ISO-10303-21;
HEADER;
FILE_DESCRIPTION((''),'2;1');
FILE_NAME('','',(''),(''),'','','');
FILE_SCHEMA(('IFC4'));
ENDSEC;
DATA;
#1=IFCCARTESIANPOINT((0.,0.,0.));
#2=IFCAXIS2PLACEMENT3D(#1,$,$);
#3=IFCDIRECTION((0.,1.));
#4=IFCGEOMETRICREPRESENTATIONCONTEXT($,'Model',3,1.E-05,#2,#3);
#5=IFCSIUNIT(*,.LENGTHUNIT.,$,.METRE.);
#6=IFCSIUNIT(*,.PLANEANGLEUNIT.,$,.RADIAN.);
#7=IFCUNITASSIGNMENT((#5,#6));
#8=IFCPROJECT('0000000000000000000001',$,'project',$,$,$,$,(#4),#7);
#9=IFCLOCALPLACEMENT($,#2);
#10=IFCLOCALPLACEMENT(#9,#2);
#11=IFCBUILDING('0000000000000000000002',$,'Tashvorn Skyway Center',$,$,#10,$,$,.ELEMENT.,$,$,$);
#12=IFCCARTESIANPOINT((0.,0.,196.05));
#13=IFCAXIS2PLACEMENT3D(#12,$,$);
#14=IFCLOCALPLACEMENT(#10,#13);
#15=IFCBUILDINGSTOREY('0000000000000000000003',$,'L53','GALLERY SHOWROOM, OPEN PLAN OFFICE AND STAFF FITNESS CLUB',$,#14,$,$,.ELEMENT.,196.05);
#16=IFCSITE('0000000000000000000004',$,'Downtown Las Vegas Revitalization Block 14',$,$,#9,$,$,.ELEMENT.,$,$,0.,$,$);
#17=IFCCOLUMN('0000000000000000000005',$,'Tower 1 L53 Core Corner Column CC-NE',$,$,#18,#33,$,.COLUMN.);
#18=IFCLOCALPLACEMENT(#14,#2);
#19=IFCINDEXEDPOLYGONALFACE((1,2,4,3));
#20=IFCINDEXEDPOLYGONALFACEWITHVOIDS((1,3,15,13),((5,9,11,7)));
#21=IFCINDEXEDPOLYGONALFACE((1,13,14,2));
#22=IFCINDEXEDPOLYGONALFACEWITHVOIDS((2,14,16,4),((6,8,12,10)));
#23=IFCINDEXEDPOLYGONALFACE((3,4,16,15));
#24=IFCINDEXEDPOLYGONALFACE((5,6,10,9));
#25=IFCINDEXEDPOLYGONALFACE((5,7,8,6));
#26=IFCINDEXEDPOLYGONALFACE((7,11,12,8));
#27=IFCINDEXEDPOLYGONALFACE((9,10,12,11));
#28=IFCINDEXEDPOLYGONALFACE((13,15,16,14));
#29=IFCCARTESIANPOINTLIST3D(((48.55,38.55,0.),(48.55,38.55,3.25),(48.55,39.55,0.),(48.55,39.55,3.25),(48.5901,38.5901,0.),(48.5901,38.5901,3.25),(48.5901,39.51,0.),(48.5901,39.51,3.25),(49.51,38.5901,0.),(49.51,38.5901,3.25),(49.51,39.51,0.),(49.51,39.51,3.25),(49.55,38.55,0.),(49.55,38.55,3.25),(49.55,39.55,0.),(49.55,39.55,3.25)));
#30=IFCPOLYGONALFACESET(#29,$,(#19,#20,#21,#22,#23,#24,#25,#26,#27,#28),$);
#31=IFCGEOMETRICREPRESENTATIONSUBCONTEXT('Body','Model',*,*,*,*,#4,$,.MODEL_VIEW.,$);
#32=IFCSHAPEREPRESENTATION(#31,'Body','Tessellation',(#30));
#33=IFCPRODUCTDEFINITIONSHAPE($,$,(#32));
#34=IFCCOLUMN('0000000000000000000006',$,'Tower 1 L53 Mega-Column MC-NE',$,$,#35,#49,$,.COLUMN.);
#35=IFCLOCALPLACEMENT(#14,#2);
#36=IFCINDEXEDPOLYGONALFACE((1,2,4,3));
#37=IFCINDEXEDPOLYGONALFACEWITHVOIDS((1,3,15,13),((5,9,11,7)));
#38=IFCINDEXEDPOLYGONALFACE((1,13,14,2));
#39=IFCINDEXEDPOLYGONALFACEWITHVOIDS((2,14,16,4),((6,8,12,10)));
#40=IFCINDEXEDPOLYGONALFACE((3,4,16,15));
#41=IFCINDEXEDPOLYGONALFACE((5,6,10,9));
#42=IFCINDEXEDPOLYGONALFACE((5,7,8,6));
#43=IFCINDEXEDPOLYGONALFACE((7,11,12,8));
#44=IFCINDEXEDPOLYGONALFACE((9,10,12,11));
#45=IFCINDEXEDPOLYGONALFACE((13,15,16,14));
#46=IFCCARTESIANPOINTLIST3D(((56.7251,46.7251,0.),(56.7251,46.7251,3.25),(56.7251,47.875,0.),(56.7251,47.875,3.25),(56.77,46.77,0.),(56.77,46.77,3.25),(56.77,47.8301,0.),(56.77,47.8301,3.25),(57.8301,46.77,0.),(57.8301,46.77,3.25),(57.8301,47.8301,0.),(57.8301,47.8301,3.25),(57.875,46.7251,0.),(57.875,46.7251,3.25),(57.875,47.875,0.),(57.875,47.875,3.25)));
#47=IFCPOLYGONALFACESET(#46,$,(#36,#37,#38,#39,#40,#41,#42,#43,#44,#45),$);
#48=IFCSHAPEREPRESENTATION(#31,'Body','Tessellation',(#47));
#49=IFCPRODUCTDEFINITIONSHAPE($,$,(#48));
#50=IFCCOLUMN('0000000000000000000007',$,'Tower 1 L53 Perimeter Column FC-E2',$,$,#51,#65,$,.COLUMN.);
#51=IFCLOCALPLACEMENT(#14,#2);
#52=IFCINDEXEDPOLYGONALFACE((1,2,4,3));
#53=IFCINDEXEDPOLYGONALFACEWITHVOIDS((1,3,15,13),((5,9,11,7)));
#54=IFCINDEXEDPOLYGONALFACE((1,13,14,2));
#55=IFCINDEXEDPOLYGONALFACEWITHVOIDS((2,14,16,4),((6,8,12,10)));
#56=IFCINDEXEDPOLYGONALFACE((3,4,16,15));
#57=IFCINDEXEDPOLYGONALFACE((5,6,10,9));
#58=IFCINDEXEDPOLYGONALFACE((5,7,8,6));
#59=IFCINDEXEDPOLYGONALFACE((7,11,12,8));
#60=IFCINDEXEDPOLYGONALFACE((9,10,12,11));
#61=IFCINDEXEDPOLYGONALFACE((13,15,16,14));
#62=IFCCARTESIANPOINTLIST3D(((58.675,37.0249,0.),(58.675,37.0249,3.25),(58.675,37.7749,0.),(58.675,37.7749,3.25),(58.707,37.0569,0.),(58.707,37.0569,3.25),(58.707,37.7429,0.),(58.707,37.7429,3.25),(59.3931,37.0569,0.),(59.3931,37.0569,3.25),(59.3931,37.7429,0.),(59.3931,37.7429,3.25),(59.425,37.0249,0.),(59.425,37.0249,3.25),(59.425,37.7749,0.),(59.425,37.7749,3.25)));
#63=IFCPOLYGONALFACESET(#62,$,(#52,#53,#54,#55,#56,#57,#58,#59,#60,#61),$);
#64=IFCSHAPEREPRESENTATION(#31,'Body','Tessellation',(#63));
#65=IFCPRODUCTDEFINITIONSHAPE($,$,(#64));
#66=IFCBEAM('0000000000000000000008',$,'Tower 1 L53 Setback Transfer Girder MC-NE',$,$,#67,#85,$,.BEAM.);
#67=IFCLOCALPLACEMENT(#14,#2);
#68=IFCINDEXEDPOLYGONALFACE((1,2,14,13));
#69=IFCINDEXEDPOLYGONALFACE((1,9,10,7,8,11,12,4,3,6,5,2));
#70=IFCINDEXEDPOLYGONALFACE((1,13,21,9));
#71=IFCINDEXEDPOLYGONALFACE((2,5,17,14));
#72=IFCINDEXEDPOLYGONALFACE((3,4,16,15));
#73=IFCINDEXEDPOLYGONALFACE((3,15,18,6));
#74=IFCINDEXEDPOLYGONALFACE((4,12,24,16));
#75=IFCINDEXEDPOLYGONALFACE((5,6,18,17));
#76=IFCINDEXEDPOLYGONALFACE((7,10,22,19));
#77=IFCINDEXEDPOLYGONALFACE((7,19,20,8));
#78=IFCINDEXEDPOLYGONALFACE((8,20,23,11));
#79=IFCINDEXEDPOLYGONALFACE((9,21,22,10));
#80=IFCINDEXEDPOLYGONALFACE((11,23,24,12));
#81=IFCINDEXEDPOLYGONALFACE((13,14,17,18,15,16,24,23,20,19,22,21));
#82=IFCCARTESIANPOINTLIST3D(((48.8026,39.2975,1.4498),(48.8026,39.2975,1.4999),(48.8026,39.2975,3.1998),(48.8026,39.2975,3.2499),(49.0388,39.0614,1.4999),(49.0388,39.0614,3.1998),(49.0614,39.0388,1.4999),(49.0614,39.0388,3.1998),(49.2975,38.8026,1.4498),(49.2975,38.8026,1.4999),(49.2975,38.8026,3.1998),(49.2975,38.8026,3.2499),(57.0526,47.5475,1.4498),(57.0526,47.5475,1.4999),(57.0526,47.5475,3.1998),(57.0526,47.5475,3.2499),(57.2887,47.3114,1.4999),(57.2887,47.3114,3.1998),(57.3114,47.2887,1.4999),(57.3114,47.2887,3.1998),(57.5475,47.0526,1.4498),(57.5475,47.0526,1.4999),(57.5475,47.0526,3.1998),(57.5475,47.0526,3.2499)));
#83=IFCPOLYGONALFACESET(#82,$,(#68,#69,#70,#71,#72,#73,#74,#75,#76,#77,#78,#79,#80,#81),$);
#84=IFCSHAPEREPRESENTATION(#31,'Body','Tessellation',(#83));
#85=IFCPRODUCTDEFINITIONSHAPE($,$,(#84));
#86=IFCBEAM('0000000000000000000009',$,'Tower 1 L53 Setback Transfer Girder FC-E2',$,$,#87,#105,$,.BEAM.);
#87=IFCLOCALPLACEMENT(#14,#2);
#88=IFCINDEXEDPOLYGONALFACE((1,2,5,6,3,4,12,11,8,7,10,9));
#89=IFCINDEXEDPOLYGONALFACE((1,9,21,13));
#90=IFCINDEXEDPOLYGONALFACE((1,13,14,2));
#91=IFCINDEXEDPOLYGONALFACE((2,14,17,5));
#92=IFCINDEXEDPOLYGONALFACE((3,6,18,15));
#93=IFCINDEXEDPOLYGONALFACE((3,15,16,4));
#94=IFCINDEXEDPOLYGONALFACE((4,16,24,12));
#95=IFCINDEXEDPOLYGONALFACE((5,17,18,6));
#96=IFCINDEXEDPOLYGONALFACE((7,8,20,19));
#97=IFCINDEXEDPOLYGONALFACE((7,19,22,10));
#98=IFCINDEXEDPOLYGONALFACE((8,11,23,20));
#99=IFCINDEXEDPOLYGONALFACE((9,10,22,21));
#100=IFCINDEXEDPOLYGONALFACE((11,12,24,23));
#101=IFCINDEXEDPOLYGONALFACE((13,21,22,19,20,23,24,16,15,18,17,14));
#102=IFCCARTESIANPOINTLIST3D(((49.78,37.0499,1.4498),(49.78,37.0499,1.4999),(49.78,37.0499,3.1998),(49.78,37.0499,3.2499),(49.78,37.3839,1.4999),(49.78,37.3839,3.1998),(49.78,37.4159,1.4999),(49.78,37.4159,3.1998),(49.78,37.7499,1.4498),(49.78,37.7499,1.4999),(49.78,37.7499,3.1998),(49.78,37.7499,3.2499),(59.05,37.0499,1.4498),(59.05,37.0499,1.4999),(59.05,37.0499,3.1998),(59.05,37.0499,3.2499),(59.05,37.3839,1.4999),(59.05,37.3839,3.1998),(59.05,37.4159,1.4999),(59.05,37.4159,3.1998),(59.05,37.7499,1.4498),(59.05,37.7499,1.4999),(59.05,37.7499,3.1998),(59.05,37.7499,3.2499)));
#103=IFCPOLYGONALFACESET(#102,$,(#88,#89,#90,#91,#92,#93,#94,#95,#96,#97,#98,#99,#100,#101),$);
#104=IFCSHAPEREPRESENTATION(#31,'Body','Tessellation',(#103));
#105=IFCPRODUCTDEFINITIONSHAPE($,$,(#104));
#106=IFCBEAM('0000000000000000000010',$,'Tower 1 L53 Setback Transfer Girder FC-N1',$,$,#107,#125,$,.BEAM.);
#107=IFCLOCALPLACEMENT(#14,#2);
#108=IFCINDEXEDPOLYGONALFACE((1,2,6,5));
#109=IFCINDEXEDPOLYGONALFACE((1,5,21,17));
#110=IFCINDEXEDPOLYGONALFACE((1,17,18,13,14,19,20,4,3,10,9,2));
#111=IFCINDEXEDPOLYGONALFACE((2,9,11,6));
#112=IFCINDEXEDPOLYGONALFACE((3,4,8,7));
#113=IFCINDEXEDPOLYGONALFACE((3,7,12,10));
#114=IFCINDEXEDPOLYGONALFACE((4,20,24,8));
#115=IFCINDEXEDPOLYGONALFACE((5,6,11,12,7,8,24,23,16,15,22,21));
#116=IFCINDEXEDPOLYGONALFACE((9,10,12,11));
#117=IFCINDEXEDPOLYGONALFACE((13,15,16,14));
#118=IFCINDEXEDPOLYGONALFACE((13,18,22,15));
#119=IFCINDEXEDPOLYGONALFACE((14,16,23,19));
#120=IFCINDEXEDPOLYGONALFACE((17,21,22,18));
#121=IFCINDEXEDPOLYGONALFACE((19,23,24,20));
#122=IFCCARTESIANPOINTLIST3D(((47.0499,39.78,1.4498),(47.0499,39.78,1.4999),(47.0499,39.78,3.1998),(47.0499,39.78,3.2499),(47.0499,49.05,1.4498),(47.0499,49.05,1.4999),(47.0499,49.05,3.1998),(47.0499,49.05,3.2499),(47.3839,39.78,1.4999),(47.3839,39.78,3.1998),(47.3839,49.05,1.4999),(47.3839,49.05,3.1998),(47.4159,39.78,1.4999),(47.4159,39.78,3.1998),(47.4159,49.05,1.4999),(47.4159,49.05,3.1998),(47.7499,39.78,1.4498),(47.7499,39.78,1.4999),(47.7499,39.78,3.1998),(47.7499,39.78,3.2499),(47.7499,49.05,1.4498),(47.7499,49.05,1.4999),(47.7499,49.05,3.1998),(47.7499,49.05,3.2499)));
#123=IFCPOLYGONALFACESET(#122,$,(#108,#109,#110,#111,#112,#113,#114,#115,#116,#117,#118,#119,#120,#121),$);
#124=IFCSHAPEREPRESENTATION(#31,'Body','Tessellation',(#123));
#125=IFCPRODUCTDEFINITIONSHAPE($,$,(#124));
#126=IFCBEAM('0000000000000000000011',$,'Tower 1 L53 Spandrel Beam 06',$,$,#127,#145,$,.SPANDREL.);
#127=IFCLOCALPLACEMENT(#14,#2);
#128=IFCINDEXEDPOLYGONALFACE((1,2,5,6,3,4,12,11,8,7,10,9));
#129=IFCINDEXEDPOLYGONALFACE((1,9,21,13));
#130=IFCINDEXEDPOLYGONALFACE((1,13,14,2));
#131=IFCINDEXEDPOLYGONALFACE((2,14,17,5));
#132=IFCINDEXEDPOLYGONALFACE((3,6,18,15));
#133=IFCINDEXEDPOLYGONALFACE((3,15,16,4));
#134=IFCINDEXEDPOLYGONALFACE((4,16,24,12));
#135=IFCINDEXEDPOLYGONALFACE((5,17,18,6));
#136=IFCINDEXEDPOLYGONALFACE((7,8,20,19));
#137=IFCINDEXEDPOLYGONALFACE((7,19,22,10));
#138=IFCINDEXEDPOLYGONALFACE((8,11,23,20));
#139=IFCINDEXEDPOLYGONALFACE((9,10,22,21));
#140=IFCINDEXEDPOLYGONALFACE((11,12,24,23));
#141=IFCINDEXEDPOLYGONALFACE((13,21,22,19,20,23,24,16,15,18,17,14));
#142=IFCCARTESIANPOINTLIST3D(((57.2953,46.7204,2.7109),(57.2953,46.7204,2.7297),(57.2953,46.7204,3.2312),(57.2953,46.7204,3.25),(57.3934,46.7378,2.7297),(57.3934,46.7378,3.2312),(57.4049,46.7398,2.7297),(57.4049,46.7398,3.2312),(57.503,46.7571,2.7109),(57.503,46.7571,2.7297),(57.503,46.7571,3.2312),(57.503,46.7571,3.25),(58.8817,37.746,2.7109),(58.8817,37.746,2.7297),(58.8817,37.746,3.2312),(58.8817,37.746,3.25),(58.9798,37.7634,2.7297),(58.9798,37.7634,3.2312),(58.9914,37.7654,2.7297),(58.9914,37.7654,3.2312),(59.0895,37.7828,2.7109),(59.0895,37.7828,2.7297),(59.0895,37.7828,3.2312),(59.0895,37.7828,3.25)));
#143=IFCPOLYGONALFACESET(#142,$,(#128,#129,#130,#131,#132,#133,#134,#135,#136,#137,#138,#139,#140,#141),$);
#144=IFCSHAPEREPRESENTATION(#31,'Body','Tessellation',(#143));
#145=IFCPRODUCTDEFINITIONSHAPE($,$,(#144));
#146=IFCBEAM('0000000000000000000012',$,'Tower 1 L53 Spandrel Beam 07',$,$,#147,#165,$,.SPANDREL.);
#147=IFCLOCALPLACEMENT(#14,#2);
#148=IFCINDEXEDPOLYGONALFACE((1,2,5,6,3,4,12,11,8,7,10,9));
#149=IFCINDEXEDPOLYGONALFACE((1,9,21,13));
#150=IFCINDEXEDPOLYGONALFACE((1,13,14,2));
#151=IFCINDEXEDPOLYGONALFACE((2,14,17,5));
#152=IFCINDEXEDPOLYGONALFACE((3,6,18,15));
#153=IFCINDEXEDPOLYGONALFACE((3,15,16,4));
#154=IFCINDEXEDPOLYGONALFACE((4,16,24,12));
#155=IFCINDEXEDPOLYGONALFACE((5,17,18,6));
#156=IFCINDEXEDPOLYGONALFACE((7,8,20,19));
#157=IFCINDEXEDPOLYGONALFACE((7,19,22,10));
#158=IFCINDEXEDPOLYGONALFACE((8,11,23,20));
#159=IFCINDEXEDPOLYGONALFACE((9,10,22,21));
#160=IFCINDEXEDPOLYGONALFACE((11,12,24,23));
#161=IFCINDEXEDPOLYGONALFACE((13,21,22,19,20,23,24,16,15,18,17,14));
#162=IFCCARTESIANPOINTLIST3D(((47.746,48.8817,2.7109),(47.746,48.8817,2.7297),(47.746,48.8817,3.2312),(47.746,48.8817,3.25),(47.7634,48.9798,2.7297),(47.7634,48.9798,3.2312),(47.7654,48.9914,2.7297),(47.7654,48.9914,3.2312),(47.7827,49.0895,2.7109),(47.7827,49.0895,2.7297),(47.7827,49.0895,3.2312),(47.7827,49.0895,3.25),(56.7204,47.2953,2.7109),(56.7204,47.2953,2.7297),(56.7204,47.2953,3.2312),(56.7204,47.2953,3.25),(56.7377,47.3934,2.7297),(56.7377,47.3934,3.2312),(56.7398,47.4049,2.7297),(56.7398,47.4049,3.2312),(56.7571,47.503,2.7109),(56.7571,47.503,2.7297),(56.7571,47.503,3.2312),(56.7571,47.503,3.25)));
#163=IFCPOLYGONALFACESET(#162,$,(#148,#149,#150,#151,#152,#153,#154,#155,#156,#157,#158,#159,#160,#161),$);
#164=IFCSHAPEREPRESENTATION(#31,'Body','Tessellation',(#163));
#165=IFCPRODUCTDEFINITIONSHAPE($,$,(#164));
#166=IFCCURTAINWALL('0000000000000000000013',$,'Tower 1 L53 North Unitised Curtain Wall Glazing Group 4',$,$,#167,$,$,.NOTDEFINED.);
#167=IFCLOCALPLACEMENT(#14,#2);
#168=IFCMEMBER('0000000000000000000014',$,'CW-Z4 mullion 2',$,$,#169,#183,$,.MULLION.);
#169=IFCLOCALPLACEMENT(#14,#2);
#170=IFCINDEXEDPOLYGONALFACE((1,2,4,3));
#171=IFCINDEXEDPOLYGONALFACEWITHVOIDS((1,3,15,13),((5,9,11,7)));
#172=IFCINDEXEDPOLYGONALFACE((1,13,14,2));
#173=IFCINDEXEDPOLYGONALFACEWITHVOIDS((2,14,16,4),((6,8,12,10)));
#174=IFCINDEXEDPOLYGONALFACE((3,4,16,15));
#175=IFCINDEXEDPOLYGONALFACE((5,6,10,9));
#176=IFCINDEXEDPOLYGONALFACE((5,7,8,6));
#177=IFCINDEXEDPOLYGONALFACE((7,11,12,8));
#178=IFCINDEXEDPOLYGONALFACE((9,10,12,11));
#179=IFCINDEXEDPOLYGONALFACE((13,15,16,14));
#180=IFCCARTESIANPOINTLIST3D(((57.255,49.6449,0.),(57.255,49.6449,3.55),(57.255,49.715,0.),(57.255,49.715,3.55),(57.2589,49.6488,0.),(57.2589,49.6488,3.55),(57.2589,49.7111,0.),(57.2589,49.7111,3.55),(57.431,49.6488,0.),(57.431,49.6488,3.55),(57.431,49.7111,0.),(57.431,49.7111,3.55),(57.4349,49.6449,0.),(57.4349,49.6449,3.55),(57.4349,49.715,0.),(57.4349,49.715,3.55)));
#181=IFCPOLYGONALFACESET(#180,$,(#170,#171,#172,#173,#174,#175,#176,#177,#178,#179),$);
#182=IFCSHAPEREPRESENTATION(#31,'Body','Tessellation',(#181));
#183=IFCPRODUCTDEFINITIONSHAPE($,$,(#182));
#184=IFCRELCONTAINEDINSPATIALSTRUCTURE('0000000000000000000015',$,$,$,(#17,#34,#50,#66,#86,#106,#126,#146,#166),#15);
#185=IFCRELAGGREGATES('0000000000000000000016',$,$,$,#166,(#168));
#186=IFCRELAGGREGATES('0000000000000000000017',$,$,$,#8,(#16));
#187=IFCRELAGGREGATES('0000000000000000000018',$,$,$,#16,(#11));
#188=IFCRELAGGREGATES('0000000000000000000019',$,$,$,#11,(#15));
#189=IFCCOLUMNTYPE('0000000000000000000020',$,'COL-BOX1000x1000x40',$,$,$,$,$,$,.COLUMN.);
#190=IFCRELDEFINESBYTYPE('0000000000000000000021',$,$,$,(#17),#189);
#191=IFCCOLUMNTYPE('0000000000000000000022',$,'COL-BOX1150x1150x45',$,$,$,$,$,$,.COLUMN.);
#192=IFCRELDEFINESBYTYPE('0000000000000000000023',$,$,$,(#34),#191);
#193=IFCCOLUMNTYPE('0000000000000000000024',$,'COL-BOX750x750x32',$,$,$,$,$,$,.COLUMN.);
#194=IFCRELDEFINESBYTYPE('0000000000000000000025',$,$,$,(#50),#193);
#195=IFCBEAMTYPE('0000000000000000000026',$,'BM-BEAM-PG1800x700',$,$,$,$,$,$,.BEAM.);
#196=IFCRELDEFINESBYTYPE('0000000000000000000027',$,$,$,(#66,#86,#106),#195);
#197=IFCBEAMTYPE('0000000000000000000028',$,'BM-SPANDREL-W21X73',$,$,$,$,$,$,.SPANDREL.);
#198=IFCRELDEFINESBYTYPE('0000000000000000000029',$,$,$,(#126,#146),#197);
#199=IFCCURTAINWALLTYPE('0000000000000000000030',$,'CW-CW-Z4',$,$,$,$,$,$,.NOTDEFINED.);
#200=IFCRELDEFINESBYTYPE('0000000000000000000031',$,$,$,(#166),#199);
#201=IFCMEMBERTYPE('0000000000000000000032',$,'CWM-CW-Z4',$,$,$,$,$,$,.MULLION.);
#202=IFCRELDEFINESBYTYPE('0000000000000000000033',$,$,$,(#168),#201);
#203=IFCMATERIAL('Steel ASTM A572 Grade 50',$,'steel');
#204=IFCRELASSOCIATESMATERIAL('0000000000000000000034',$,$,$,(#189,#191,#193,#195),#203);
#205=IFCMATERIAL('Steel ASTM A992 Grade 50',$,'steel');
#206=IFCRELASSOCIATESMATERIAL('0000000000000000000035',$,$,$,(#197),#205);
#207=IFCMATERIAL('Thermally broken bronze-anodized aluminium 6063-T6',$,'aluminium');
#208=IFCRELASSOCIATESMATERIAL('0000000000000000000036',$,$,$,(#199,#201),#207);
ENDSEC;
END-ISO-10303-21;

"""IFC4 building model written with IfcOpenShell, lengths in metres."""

from ifc_helpers import new_model, si_unit, direction, frame, origin, origin_2d, place, context, subcontext, project, spatial, hollow_rectangle, i_section, extrude, material, material_profile, profile_set, type_object, element, aggregate, save


model = new_model("IFC4")

# Units and contexts
model_context = context("Model", 3, precision=1e-05, world=origin(), true_north=direction((0.0, 1.0)))
body_context = subcontext(model_context, "Body", "Model", "MODEL_VIEW")
ifc_project = project(units=[si_unit("LENGTHUNIT", "METRE"), si_unit("PLANEANGLEUNIT", "RADIAN")], contexts=[model_context])

# Site, building, storey
site_placement = place(None, origin())
site = spatial("IfcSite", under=ifc_project, at=site_placement, Name="Downtown Las Vegas Revitalization Block 14", CompositionType="ELEMENT", RefElevation=0.0)
building_placement = place(site_placement, origin())
building = spatial("IfcBuilding", under=site, at=building_placement, Name="Tashvorn Skyway Center", CompositionType="ELEMENT")
storey_placement = place(building_placement, frame((0.0, 0.0, 196.05)))
storey = spatial("IfcBuildingStorey", under=building, at=storey_placement, Name="L53", Description="GALLERY SHOWROOM, OPEN PLAN OFFICE AND STAFF FITNESS CLUB", CompositionType="ELEMENT", Elevation=196.05)

# Columns
ifc_material_1 = material(Name="Steel ASTM A572 Grade 50", Category="steel")
ifc_material_profile_1 = material_profile(ifc_material_1, hollow_rectangle(XDim=1.0, YDim=1.0, WallThickness=0.04, at=origin_2d()), Name="BOX1000x1000x40")
ifc_profile_set_1 = profile_set([ifc_material_profile_1], Name="Steel ASTM A572 Grade 50")
column_type_1 = type_object("IfcColumnType", Name="COL-BOX1000x1000x40", PredefinedType="COLUMN", material=ifc_profile_set_1)
column_1_placement = place(storey_placement, frame((49.05, 39.05, 0.0), z_axis=(0.0, 0.0, 1.0), x_axis=(1.0, 0.0, 0.0)))
element("IfcColumn", 1, at=column_1_placement, inside=storey, type_object=column_type_1, Name="Tower 1 L53 Core Corner Column CC-NE", PredefinedType="COLUMN", context=body_context, shape_type="SweptSolid", body=[
    extrude(hollow_rectangle(XDim=1.0, YDim=1.0, WallThickness=0.04, at=origin_2d()), origin(), (0.0, 0.0, 1.0), 3.25),
])
ifc_material_profile_2 = material_profile(ifc_material_1, hollow_rectangle(XDim=1.1499, YDim=1.1499, WallThickness=0.0449, at=origin_2d()), Name="BOX1150x1150x45")
ifc_profile_set_2 = profile_set([ifc_material_profile_2], Name="Steel ASTM A572 Grade 50")
column_type_2 = type_object("IfcColumnType", Name="COL-BOX1150x1150x45", PredefinedType="COLUMN", material=ifc_profile_set_2)
column_2_placement = place(storey_placement, frame((57.3, 47.3, 0.0), z_axis=(0.0, 0.0, 1.0), x_axis=(1.0, 0.0, 0.0)))
element("IfcColumn", 2, at=column_2_placement, inside=storey, type_object=column_type_2, Name="Tower 1 L53 Mega-Column MC-NE", PredefinedType="COLUMN", context=body_context, shape_type="SweptSolid", body=[
    extrude(hollow_rectangle(XDim=1.1499, YDim=1.1499, WallThickness=0.0449, at=origin_2d()), origin(), (0.0, 0.0, 1.0), 3.25),
])
ifc_material_profile_3 = material_profile(ifc_material_1, hollow_rectangle(XDim=0.75, YDim=0.75, WallThickness=0.032, at=origin_2d()), Name="BOX750x750x32")
ifc_profile_set_3 = profile_set([ifc_material_profile_3], Name="Steel ASTM A572 Grade 50")
column_type_3 = type_object("IfcColumnType", Name="COL-BOX750x750x32", PredefinedType="COLUMN", material=ifc_profile_set_3)
column_3_placement = place(storey_placement, frame((59.05, 37.3999, 0.0), z_axis=(0.0, 0.0, 1.0), x_axis=(1.0, 0.0, 0.0)))
element("IfcColumn", 3, at=column_3_placement, inside=storey, type_object=column_type_3, Name="Tower 1 L53 Perimeter Column FC-E2", PredefinedType="COLUMN", context=body_context, shape_type="SweptSolid", body=[
    extrude(hollow_rectangle(XDim=0.75, YDim=0.75, WallThickness=0.032, at=origin_2d()), origin(), (0.0, 0.0, 1.0), 3.25),
])

# Beams
ifc_material_profile_4 = material_profile(ifc_material_1, i_section(OverallWidth=0.7, OverallDepth=1.8, WebThickness=0.032, FlangeThickness=0.05, at=origin_2d()), Name="PG1800x700")
ifc_profile_set_4 = profile_set([ifc_material_profile_4], Name="Steel ASTM A572 Grade 50")
beam_type_1 = type_object("IfcBeamType", Name="BM-BEAM-PG1800x700", PredefinedType="BEAM", material=ifc_profile_set_4)
beam_placement = place(storey_placement, frame((57.3, 47.3, 2.3499), z_axis=(-0.707107, -0.707107, 0.0), x_axis=(0.707107, -0.707107, 0.0)))
element("IfcBeam", 4, at=beam_placement, inside=storey, type_object=beam_type_1, Name="Tower 1 L53 Setback Transfer Girder MC-NE", PredefinedType="BEAM", context=body_context, shape_type="SweptSolid", body=[
    extrude(i_section(OverallWidth=0.7, OverallDepth=1.8, WebThickness=0.032, FlangeThickness=0.05, at=origin_2d()), origin(), (0.0, 0.0, 1.0), 11.6672),
])
for number, where, z_axis, x_axis, name in (
    (5, (59.05, 37.3999, 2.3499), (-1.0, 0.0, 0.0), (0.0, -1.0, 0.0), "Tower 1 L53 Setback Transfer Girder FC-E2"),
    (6, (47.3999, 49.05, 2.3499), (0.0, -1.0, 0.0), (1.0, 0.0, 0.0), "Tower 1 L53 Setback Transfer Girder FC-N1"),
):
    element("IfcBeam", number, at=place(storey_placement, frame(where, z_axis=z_axis, x_axis=x_axis)), inside=storey, type_object=beam_type_1, Name=name, PredefinedType="BEAM", context=body_context, shape_type="SweptSolid", body=[
        extrude(i_section(OverallWidth=0.7, OverallDepth=1.8, WebThickness=0.032, FlangeThickness=0.05, at=origin_2d()), origin(), (0.0, 0.0, 1.0), 9.27),
    ])
ifc_material_2 = material(Name="Steel ASTM A992 Grade 50", Category="steel")
ifc_material_profile_5 = material_profile(ifc_material_2, i_section(OverallWidth=0.2109, OverallDepth=0.5391, WebThickness=0.0117, FlangeThickness=0.0188, at=origin_2d()), Name="W21X73")
ifc_profile_set_5 = profile_set([ifc_material_profile_5], Name="Steel ASTM A992 Grade 50")
beam_type_2 = type_object("IfcBeamType", Name="BM-SPANDREL-W21X73", PredefinedType="SPANDREL", material=ifc_profile_set_5)
for number, where, z_axis, x_axis, name in (
    (7, (58.9856, 37.7644, 2.9805), (-0.174074, 0.984733, 0.0), (-0.984733, -0.174074, 0.0), "Tower 1 L53 Spandrel Beam 06"),
    (8, (56.7388, 47.3992, 2.9805), (-0.984733, 0.174074, 0.0), (-0.174074, -0.984733, 0.0), "Tower 1 L53 Spandrel Beam 07"),
):
    element("IfcBeam", number, at=place(storey_placement, frame(where, z_axis=z_axis, x_axis=x_axis)), inside=storey, type_object=beam_type_2, Name=name, PredefinedType="SPANDREL", context=body_context, shape_type="SweptSolid", body=[
        extrude(i_section(OverallWidth=0.2109, OverallDepth=0.5391, WebThickness=0.0117, FlangeThickness=0.0188, at=origin_2d()), origin(), (0.0, 0.0, 1.0), 9.1135),
    ])

# Curtain wall, member
ifc_material_3 = material(Name="Thermally broken bronze-anodized aluminium 6063-T6", Category="aluminium")
curtain_wall_type = type_object("IfcCurtainWallType", Name="CW-CW-Z4", PredefinedType="NOTDEFINED", material=ifc_material_3)
curtain_wall_1_placement = place(storey_placement, origin())
curtain_wall_1 = element("IfcCurtainWall", 9, at=curtain_wall_1_placement, inside=storey, type_object=curtain_wall_type, Name="Tower 1 L53 North Unitised Curtain Wall Glazing Group 4", PredefinedType="NOTDEFINED")
ifc_material_profile_6 = material_profile(ifc_material_3, hollow_rectangle(XDim=0.0701, YDim=0.1799, WallThickness=0.0039, at=origin_2d()), Name="ALU-MULL-70x180")
ifc_profile_set_6 = profile_set([ifc_material_profile_6], Name="Thermally broken bronze-anodized aluminium 6063-T6")
member_type_1 = type_object("IfcMemberType", Name="CWM-CW-Z4", PredefinedType="MULLION", material=ifc_profile_set_6)
member_1_placement = place(storey_placement, frame((57.345, 49.6799, 0.0), z_axis=(0.0, 0.0, 1.0), x_axis=(0.0, 1.0, 0.0)))
member_1 = element("IfcMember", 10, at=member_1_placement, type_object=member_type_1, Name="CW-Z4 mullion 2", PredefinedType="MULLION", context=body_context, shape_type="SweptSolid", body=[
    extrude(hollow_rectangle(XDim=0.0701, YDim=0.1799, WallThickness=0.0039, at=origin_2d()), origin(), (0.0, 0.0, 1.0), 3.55),
])

aggregate(curtain_wall_1, [member_1])

save(model, "model.ifc")
